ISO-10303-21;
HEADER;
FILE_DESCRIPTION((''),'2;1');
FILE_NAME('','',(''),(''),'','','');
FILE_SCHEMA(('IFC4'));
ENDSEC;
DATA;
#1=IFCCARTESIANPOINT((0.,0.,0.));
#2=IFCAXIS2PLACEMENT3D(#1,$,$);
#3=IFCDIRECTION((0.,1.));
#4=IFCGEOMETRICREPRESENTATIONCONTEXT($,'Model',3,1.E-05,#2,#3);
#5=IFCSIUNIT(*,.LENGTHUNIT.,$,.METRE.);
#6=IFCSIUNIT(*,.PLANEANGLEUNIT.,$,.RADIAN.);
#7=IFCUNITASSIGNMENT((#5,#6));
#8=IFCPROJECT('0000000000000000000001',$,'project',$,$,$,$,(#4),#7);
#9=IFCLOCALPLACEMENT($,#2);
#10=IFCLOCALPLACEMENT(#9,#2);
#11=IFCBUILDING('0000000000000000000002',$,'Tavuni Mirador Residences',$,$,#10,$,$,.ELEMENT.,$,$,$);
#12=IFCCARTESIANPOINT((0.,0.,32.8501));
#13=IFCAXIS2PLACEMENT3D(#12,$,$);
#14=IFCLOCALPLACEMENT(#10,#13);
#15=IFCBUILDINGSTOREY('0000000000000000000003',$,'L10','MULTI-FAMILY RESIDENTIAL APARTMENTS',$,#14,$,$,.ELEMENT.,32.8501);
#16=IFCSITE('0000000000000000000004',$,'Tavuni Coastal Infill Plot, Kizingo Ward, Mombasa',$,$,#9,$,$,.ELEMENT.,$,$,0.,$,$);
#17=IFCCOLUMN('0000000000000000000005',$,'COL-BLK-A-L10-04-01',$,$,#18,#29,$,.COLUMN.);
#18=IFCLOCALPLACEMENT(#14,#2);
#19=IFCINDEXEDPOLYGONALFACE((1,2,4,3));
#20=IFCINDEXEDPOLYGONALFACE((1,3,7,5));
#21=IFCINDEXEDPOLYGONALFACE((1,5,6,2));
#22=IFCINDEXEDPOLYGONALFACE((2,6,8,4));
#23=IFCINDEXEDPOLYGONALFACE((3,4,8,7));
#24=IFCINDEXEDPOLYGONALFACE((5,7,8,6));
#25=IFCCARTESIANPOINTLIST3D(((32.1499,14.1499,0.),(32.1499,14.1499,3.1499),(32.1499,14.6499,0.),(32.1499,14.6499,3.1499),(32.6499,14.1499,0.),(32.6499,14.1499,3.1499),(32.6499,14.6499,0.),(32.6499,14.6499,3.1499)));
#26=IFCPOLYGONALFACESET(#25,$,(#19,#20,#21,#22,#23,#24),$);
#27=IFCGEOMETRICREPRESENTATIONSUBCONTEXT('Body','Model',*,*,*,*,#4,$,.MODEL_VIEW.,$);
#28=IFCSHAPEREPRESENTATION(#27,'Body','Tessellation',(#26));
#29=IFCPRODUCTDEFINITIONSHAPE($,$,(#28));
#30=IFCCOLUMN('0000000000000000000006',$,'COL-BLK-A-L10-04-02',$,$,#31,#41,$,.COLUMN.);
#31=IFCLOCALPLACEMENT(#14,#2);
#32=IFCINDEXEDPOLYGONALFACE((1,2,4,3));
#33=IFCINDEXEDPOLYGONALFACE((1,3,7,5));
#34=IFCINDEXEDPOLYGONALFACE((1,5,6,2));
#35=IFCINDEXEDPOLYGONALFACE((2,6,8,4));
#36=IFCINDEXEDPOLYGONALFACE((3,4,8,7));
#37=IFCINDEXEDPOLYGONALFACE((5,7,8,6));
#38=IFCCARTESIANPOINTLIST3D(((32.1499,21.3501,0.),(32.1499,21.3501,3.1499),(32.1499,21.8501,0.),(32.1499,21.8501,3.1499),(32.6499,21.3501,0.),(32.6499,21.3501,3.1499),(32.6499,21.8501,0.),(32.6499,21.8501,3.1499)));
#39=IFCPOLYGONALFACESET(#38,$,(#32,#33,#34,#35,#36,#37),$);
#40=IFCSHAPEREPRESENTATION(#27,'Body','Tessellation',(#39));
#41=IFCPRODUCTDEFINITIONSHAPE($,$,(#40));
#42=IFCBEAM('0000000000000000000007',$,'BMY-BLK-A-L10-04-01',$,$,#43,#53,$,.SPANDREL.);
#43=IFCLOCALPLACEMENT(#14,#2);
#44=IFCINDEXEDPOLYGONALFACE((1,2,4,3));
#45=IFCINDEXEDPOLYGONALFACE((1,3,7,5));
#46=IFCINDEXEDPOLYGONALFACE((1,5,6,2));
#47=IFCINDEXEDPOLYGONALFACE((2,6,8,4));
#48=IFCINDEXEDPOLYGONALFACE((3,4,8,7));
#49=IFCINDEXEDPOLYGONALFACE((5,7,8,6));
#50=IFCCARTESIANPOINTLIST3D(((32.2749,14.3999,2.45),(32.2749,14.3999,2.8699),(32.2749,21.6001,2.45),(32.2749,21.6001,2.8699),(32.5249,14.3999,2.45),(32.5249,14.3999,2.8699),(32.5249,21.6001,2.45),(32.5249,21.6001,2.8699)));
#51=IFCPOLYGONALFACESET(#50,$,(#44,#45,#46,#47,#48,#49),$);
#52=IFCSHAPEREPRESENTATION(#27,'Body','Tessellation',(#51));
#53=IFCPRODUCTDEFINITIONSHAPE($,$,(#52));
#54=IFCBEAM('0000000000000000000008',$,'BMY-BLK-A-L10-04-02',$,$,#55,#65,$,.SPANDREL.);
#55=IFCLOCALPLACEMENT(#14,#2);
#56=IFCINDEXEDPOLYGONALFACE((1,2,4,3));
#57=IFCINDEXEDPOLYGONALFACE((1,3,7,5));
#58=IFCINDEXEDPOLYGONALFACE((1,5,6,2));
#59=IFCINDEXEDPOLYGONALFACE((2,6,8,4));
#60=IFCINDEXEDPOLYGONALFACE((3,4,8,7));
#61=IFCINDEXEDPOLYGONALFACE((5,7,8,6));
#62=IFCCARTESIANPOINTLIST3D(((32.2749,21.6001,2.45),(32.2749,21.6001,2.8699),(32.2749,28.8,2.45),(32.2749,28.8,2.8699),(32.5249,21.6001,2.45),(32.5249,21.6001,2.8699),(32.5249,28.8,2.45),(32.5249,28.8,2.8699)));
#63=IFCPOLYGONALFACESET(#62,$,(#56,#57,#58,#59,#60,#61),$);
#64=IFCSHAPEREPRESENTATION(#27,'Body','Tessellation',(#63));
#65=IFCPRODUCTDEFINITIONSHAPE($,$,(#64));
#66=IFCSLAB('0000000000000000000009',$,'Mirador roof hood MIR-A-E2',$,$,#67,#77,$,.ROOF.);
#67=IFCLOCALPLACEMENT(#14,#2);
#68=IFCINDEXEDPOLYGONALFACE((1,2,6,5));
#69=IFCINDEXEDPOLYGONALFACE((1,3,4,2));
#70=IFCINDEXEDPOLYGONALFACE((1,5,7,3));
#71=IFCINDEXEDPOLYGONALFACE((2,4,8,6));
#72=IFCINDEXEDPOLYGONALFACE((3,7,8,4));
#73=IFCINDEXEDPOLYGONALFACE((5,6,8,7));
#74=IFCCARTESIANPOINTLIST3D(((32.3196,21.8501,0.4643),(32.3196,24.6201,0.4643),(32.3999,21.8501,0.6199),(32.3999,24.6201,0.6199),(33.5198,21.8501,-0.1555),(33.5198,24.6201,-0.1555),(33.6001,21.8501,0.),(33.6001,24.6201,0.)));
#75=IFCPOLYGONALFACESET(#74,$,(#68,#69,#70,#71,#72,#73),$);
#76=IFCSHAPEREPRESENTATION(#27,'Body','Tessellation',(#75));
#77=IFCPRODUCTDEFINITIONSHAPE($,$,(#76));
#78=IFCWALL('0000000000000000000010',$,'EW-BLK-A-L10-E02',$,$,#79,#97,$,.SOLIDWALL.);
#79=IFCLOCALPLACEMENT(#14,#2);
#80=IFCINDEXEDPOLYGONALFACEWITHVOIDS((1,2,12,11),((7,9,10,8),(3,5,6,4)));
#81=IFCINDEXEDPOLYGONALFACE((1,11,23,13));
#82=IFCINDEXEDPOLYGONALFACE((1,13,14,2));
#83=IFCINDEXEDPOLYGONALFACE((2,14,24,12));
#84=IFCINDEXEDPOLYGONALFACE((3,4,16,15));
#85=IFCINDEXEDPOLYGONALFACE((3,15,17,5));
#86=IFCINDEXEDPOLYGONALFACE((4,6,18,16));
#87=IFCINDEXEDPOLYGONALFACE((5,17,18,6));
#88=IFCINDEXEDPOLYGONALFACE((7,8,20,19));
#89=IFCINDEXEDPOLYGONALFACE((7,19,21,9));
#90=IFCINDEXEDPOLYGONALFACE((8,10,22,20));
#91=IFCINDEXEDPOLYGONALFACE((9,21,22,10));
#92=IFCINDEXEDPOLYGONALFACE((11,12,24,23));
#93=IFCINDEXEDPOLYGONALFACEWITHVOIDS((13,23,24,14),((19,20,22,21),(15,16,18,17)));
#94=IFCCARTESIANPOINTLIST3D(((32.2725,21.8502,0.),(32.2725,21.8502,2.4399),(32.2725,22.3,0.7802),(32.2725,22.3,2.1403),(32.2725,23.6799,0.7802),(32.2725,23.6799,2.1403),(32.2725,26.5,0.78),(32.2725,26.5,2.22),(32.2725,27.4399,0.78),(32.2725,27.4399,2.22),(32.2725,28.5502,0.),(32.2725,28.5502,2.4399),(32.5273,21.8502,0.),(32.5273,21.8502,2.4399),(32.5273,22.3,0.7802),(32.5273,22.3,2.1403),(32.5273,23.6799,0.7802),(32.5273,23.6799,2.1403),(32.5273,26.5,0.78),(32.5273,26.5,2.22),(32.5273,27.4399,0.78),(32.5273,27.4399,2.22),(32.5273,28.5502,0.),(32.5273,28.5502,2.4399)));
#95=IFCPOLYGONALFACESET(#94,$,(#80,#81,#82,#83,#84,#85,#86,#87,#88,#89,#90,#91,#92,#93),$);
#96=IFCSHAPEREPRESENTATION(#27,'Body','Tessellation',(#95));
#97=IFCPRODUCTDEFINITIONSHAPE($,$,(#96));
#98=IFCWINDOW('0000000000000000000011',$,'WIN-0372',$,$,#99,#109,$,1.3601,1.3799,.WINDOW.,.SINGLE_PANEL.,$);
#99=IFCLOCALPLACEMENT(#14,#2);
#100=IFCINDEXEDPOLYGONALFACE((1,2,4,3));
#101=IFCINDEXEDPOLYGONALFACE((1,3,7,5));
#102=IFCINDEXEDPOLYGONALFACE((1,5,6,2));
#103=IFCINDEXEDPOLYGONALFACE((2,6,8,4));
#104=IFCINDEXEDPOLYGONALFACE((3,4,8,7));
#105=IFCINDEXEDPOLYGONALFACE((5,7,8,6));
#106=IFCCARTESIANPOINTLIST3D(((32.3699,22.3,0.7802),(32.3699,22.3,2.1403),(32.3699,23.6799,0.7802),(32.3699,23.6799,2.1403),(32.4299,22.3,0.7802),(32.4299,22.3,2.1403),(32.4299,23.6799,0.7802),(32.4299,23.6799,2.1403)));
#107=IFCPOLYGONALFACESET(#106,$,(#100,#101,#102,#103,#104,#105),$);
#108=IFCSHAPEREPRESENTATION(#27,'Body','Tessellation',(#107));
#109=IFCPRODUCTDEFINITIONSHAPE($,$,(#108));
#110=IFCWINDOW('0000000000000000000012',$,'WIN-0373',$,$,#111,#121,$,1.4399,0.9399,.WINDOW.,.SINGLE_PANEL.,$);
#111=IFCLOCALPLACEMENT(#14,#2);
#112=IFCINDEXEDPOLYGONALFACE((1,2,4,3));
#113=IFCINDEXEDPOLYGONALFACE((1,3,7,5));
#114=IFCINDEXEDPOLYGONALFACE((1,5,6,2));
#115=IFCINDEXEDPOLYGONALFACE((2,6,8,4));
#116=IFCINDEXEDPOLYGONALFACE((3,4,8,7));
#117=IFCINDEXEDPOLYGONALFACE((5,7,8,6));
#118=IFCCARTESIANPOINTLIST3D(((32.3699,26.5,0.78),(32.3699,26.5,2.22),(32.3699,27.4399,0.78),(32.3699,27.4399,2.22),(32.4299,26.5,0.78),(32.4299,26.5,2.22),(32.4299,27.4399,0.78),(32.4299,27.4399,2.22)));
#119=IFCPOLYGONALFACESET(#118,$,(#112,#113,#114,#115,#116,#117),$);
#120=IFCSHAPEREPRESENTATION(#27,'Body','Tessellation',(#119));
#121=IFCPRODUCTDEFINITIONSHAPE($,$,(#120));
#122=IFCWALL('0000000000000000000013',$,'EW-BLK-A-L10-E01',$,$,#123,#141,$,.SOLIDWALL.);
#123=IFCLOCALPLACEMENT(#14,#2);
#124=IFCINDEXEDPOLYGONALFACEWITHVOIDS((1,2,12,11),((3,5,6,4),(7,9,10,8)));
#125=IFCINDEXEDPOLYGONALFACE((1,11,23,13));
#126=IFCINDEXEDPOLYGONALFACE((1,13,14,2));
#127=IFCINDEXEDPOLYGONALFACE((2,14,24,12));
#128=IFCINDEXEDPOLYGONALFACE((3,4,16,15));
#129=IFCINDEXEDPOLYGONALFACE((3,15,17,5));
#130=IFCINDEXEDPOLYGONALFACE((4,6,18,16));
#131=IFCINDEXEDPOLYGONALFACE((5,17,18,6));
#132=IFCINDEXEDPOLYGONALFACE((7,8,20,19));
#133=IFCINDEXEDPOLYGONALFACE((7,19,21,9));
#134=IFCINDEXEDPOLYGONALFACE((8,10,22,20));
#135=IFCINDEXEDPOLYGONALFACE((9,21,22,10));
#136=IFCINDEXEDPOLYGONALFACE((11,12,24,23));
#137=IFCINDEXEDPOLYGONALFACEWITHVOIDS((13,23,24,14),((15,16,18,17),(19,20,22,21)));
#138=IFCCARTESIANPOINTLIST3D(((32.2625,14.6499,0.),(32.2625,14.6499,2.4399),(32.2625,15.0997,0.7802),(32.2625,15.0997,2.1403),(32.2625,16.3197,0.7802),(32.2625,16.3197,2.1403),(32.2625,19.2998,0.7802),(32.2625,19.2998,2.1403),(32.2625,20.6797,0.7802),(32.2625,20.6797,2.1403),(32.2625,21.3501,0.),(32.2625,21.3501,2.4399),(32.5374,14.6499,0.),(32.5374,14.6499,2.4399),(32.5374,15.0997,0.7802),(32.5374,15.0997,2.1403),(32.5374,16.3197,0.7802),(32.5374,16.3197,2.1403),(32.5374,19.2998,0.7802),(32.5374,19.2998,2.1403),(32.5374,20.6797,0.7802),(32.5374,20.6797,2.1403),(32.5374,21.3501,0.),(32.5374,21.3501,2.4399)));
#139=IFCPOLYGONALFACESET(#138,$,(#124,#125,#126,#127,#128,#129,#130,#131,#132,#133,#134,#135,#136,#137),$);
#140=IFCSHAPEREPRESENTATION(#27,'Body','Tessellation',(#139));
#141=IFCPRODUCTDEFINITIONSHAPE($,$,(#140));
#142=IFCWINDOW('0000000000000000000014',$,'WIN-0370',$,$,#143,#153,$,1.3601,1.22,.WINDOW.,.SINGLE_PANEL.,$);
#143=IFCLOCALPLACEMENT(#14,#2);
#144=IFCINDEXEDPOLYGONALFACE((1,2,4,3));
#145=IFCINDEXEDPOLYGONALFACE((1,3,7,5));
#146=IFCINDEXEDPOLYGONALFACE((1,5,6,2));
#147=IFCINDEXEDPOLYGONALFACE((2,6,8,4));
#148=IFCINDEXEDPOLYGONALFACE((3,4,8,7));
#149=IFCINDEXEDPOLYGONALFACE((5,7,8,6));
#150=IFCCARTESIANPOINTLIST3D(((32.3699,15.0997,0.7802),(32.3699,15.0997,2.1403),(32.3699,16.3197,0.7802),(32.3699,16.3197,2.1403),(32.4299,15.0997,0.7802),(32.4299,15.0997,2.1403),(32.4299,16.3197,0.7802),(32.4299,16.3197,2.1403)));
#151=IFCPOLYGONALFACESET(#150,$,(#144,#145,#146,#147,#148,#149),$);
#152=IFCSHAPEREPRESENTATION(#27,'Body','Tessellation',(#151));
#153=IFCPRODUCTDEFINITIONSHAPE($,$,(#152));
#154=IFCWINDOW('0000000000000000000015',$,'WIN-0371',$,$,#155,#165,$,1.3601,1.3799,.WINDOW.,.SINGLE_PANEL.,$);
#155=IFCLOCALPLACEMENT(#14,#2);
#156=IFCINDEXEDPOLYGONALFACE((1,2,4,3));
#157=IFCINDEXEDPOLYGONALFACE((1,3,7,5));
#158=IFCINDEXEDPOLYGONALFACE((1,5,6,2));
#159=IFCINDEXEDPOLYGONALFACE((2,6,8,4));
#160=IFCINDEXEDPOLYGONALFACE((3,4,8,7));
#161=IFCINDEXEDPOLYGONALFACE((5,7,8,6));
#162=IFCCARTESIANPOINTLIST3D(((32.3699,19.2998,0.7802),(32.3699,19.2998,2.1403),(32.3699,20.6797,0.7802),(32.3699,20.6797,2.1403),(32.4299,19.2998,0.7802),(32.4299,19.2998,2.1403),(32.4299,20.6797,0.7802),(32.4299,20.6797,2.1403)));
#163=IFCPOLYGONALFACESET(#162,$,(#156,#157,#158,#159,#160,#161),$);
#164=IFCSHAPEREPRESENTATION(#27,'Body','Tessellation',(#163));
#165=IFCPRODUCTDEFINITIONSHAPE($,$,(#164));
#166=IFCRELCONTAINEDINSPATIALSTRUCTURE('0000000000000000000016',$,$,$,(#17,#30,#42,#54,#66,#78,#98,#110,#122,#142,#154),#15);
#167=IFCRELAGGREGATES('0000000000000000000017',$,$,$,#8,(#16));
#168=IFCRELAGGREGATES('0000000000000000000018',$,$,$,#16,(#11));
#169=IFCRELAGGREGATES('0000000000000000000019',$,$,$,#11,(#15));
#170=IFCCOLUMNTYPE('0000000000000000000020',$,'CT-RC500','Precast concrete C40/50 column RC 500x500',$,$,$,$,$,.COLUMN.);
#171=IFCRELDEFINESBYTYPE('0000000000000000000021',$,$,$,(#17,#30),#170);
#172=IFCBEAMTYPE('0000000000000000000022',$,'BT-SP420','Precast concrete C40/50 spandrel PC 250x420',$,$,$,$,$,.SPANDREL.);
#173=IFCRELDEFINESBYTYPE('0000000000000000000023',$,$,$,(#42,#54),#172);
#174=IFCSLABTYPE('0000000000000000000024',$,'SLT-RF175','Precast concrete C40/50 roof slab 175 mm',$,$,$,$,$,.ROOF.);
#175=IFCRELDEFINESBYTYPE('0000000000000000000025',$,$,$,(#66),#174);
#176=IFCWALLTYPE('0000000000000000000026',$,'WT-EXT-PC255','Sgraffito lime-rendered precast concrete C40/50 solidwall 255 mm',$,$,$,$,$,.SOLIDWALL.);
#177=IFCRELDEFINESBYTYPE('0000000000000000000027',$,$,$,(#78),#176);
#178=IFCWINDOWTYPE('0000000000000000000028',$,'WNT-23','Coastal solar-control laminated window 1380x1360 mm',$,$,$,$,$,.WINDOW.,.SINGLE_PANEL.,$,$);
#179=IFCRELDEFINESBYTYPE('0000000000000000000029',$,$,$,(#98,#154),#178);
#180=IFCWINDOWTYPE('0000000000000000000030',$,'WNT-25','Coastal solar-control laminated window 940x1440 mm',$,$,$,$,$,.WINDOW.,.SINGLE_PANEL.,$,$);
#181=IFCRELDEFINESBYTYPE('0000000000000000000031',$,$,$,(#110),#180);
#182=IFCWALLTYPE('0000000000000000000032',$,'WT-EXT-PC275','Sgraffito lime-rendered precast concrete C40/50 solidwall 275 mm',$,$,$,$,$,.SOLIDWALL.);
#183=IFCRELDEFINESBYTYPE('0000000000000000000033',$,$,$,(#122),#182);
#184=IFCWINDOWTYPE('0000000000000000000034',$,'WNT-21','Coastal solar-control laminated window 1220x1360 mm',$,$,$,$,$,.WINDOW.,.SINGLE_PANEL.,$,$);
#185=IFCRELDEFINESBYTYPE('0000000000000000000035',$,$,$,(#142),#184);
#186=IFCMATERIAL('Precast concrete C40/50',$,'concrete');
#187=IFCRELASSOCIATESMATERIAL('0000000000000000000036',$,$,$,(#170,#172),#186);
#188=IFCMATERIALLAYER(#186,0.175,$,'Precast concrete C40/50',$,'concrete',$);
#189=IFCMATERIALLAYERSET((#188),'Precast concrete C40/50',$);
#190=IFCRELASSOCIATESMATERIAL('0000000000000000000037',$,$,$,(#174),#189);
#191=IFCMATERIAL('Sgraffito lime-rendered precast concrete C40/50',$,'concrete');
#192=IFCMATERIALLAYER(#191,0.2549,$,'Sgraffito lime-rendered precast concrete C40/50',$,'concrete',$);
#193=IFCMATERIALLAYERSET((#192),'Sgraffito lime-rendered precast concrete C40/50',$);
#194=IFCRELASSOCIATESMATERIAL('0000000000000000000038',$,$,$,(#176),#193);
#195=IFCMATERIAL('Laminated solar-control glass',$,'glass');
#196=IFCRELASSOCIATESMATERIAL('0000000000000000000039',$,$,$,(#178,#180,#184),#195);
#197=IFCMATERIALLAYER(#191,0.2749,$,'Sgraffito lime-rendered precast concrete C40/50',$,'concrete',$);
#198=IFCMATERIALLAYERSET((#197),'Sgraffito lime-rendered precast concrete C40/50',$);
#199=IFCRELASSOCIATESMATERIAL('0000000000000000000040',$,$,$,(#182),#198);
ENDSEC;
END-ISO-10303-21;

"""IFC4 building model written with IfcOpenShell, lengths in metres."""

from ifc_helpers import new_model, si_unit, direction, frame, frame_2d, origin, origin_2d, place, context, subcontext, project, spatial, polyline, rectangle, outline, extrude, material, layer, layer_set, material_profile, profile_set, type_object, element, fill, save


model = new_model("IFC4")

# Units and contexts
model_context = context("Model", 3, precision=1e-05, world=origin(), true_north=direction((0.0, 1.0)))
body_context = subcontext(model_context, "Body", "Model", "MODEL_VIEW")
ifc_project = project(units=[si_unit("LENGTHUNIT", "METRE"), si_unit("PLANEANGLEUNIT", "RADIAN")], contexts=[model_context])

# Site, building, storey
site_placement = place(None, origin())
site = spatial("IfcSite", under=ifc_project, at=site_placement, Name="Tavuni Coastal Infill Plot, Kizingo Ward, Mombasa", CompositionType="ELEMENT", RefElevation=0.0)
building_placement = place(site_placement, origin())
building = spatial("IfcBuilding", under=site, at=building_placement, Name="Tavuni Mirador Residences", CompositionType="ELEMENT")
storey_placement = place(building_placement, frame((0.0, 0.0, 32.8501)))
storey = spatial("IfcBuildingStorey", under=building, at=storey_placement, Name="L10", Description="MULTI-FAMILY RESIDENTIAL APARTMENTS", CompositionType="ELEMENT", Elevation=32.8501)

# Columns
ifc_material_1 = material(Name="Precast concrete C40/50", Category="concrete")
ifc_material_profile_1 = material_profile(ifc_material_1, rectangle(XDim=0.5, YDim=0.5, at=origin_2d()), Name="RC 500x500", Category="concrete")
ifc_profile_set_1 = profile_set([ifc_material_profile_1], Name="Precast concrete C40/50")
column_type = type_object("IfcColumnType", Name="CT-RC500", Description="Precast concrete C40/50 column RC 500x500", PredefinedType="COLUMN", material=ifc_profile_set_1)
for number, where, z_axis, x_axis, name in (
    (1, (32.3999, 14.3999, 0.0), (0.0, 0.0, 1.0), (1.0, 0.0, 0.0), "COL-BLK-A-L10-04-01"),
    (2, (32.3999, 21.6001, 0.0), (0.0, 0.0, 1.0), (1.0, 0.0, 0.0), "COL-BLK-A-L10-04-02"),
):
    element("IfcColumn", number, at=place(storey_placement, frame(where, z_axis=z_axis, x_axis=x_axis)), inside=storey, type_object=column_type, Name=name, PredefinedType="COLUMN", context=body_context, shape_type="SweptSolid", body=[
        extrude(rectangle(XDim=0.5, YDim=0.5, at=origin_2d()), origin(), (0.0, 0.0, 1.0), 3.1499),
    ])

# Beams
ifc_material_profile_2 = material_profile(ifc_material_1, rectangle(XDim=0.25, YDim=0.4199, at=origin_2d()), Name="PC 250x420", Category="concrete")
ifc_profile_set_2 = profile_set([ifc_material_profile_2], Name="Precast concrete C40/50")
beam_type = type_object("IfcBeamType", Name="BT-SP420", Description="Precast concrete C40/50 spandrel PC 250x420", PredefinedType="SPANDREL", material=ifc_profile_set_2)
beam_1_placement = place(storey_placement, frame((32.3999, 14.3999, 2.6599), z_axis=(0.0, 1.0, 0.0), x_axis=(-1.0, 0.0, 0.0)))
element("IfcBeam", 3, at=beam_1_placement, inside=storey, type_object=beam_type, Name="BMY-BLK-A-L10-04-01", PredefinedType="SPANDREL", context=body_context, shape_type="SweptSolid", body=[
    extrude(rectangle(XDim=0.25, YDim=0.4199, at=origin_2d()), origin(), (0.0, 0.0, 1.0), 7.2002),
])
beam_2_placement = place(storey_placement, frame((32.3999, 21.6001, 2.6599), z_axis=(0.0, 1.0, 0.0), x_axis=(-1.0, 0.0, 0.0)))
element("IfcBeam", 4, at=beam_2_placement, inside=storey, type_object=beam_type, Name="BMY-BLK-A-L10-04-02", PredefinedType="SPANDREL", context=body_context, shape_type="SweptSolid", body=[
    extrude(rectangle(XDim=0.25, YDim=0.4199, at=origin_2d()), origin(), (0.0, 0.0, 1.0), 7.2),
])

# Slab
ifc_layer_1 = layer(ifc_material_1, 0.175, Name="Precast concrete C40/50", Category="concrete")
ifc_layer_set_1 = layer_set([ifc_layer_1], Name="Precast concrete C40/50")
slab_type = type_object("IfcSlabType", Name="SLT-RF175", Description="Precast concrete C40/50 roof slab 175 mm", PredefinedType="ROOF", material=ifc_layer_set_1)
slab_placement = place(storey_placement, frame((32.3999, 21.8501, 0.6199), z_axis=(0.458887, 0.0, 0.888495), x_axis=(0.0, 1.0, 0.0)))
element("IfcSlab", 5, at=slab_placement, inside=storey, type_object=slab_type, Name="Mirador roof hood MIR-A-E2", PredefinedType="ROOF", context=body_context, shape_type="SweptSolid", body=[
    extrude(outline(polyline([(0.0, 0.0), (2.77, 0.0), (2.77, -1.3508), (0.0, -1.3508), (0.0, 0.0)])), origin(), (0.0, 0.0, -1.0), 0.175),
])

# Walls, openings, windows
ifc_material_2 = material(Name="Sgraffito lime-rendered precast concrete C40/50", Category="concrete")
ifc_layer_2 = layer(ifc_material_2, 0.2549, Name="Sgraffito lime-rendered precast concrete C40/50", Category="concrete")
ifc_layer_set_2 = layer_set([ifc_layer_2], Name="Sgraffito lime-rendered precast concrete C40/50")
wall_type_1 = type_object("IfcWallType", Name="WT-EXT-PC255", Description="Sgraffito lime-rendered precast concrete C40/50 solidwall 255 mm", PredefinedType="SOLIDWALL", material=ifc_layer_set_2)
wall_1_placement = place(storey_placement, frame((32.3999, 21.8501, 0.0), z_axis=(0.0, 0.0, 1.0), x_axis=(0.0, 1.0, 0.0)))
wall_1 = element("IfcWall", 6, at=wall_1_placement, inside=storey, type_object=wall_type_1, Name="EW-BLK-A-L10-E02", PredefinedType="SOLIDWALL", context=body_context, shape_type="SweptSolid", body=[
    extrude(rectangle(XDim=6.7, YDim=0.2549, at=frame_2d((3.3501, 0.0))), origin(), (0.0, 0.0, 1.0), 2.4399),
])
opening_1_placement = place(wall_1_placement, frame((0.45, 0.0, 0.78)))
opening_1 = element("IfcOpeningElement", 7, at=opening_1_placement, cuts=wall_1, PredefinedType="OPENING", context=body_context, shape_type="SweptSolid", body=[
    extrude(rectangle(XDim=1.3799, YDim=1.3601, at=frame_2d((0.6899, 0.6802))), frame((0.0, 0.1375, 0.0), z_axis=(0.0, -1.0, 0.0), x_axis=(1.0, 0.0, 0.0)), (0.0, 0.0, 1.0), 0.2749),
])
opening_2_placement = place(wall_1_placement, frame((4.6499, 0.0, 0.78)))
opening_2 = element("IfcOpeningElement", 8, at=opening_2_placement, cuts=wall_1, PredefinedType="OPENING", context=body_context, shape_type="SweptSolid", body=[
    extrude(rectangle(XDim=0.9399, YDim=1.4399, at=frame_2d((0.47, 0.72))), frame((0.0, 0.1375, 0.0), z_axis=(0.0, -1.0, 0.0), x_axis=(1.0, 0.0, 0.0)), (0.0, 0.0, 1.0), 0.2749),
])
ifc_material_3 = material(Name="Laminated solar-control glass", Category="glass")
window_type_1 = type_object("IfcWindowType", Name="WNT-23", Description="Coastal solar-control laminated window 1380x1360 mm", PartitioningType="SINGLE_PANEL", PredefinedType="WINDOW", material=ifc_material_3)
window_1_placement = place(opening_1_placement, origin())
window_1 = element("IfcWindow", 9, at=window_1_placement, inside=storey, type_object=window_type_1, Name="WIN-0372", OverallHeight=1.3601, OverallWidth=1.3799, PartitioningType="SINGLE_PANEL", PredefinedType="WINDOW", context=body_context, shape_type="SweptSolid", body=[
    extrude(rectangle(XDim=1.3799, YDim=1.3601, at=frame_2d((0.6899, 0.6802))), frame((0.0, 0.03, 0.0), z_axis=(0.0, -1.0, 0.0), x_axis=(1.0, 0.0, 0.0)), (0.0, 0.0, 1.0), 0.0601),
])
fill(opening_1, window_1)
window_type_2 = type_object("IfcWindowType", Name="WNT-25", Description="Coastal solar-control laminated window 940x1440 mm", PartitioningType="SINGLE_PANEL", PredefinedType="WINDOW", material=ifc_material_3)
window_2_placement = place(opening_2_placement, origin())
window_2 = element("IfcWindow", 10, at=window_2_placement, inside=storey, type_object=window_type_2, Name="WIN-0373", OverallHeight=1.4399, OverallWidth=0.9399, PartitioningType="SINGLE_PANEL", PredefinedType="WINDOW", context=body_context, shape_type="SweptSolid", body=[
    extrude(rectangle(XDim=0.9399, YDim=1.4399, at=frame_2d((0.47, 0.72))), frame((0.0, 0.03, 0.0), z_axis=(0.0, -1.0, 0.0), x_axis=(1.0, 0.0, 0.0)), (0.0, 0.0, 1.0), 0.0601),
])
fill(opening_2, window_2)
ifc_layer_3 = layer(ifc_material_2, 0.2749, Name="Sgraffito lime-rendered precast concrete C40/50", Category="concrete")
ifc_layer_set_3 = layer_set([ifc_layer_3], Name="Sgraffito lime-rendered precast concrete C40/50")
wall_type_2 = type_object("IfcWallType", Name="WT-EXT-PC275", Description="Sgraffito lime-rendered precast concrete C40/50 solidwall 275 mm", PredefinedType="SOLIDWALL", material=ifc_layer_set_3)
wall_2_placement = place(storey_placement, frame((32.3999, 14.6499, 0.0), z_axis=(0.0, 0.0, 1.0), x_axis=(0.0, 1.0, 0.0)))
wall_2 = element("IfcWall", 11, at=wall_2_placement, inside=storey, type_object=wall_type_2, Name="EW-BLK-A-L10-E01", PredefinedType="SOLIDWALL", context=body_context, shape_type="SweptSolid", body=[
    extrude(rectangle(XDim=6.7002, YDim=0.2749, at=frame_2d((3.3501, 0.0))), origin(), (0.0, 0.0, 1.0), 2.4399),
])
opening_3_placement = place(wall_2_placement, frame((0.45, 0.0, 0.78)))
opening_3 = element("IfcOpeningElement", 12, at=opening_3_placement, cuts=wall_2, PredefinedType="OPENING", context=body_context, shape_type="SweptSolid", body=[
    extrude(rectangle(XDim=1.22, YDim=1.3601, at=frame_2d((0.6099, 0.6802))), frame((0.0, 0.1475, 0.0), z_axis=(0.0, -1.0, 0.0), x_axis=(1.0, 0.0, 0.0)), (0.0, 0.0, 1.0), 0.2949),
])
opening_4_placement = place(wall_2_placement, frame((4.6499, 0.0, 0.78)))
opening_4 = element("IfcOpeningElement", 13, at=opening_4_placement, cuts=wall_2, PredefinedType="OPENING", context=body_context, shape_type="SweptSolid", body=[
    extrude(rectangle(XDim=1.3799, YDim=1.3601, at=frame_2d((0.6899, 0.6802))), frame((0.0, 0.1475, 0.0), z_axis=(0.0, -1.0, 0.0), x_axis=(1.0, 0.0, 0.0)), (0.0, 0.0, 1.0), 0.2949),
])
window_type_3 = type_object("IfcWindowType", Name="WNT-21", Description="Coastal solar-control laminated window 1220x1360 mm", PartitioningType="SINGLE_PANEL", PredefinedType="WINDOW", material=ifc_material_3)
window_3_placement = place(opening_3_placement, origin())
window_3 = element("IfcWindow", 14, at=window_3_placement, inside=storey, type_object=window_type_3, Name="WIN-0370", OverallHeight=1.3601, OverallWidth=1.22, PartitioningType="SINGLE_PANEL", PredefinedType="WINDOW", context=body_context, shape_type="SweptSolid", body=[
    extrude(rectangle(XDim=1.22, YDim=1.3601, at=frame_2d((0.6099, 0.6802))), frame((0.0, 0.03, 0.0), z_axis=(0.0, -1.0, 0.0), x_axis=(1.0, 0.0, 0.0)), (0.0, 0.0, 1.0), 0.0601),
])
fill(opening_3, window_3)
window_4_placement = place(opening_4_placement, origin())
window_4 = element("IfcWindow", 15, at=window_4_placement, inside=storey, type_object=window_type_1, Name="WIN-0371", OverallHeight=1.3601, OverallWidth=1.3799, PartitioningType="SINGLE_PANEL", PredefinedType="WINDOW", context=body_context, shape_type="SweptSolid", body=[
    extrude(rectangle(XDim=1.3799, YDim=1.3601, at=frame_2d((0.6899, 0.6802))), frame((0.0, 0.03, 0.0), z_axis=(0.0, -1.0, 0.0), x_axis=(1.0, 0.0, 0.0)), (0.0, 0.0, 1.0), 0.0601),
])
fill(opening_4, window_4)

save(model, "model.ifc")
